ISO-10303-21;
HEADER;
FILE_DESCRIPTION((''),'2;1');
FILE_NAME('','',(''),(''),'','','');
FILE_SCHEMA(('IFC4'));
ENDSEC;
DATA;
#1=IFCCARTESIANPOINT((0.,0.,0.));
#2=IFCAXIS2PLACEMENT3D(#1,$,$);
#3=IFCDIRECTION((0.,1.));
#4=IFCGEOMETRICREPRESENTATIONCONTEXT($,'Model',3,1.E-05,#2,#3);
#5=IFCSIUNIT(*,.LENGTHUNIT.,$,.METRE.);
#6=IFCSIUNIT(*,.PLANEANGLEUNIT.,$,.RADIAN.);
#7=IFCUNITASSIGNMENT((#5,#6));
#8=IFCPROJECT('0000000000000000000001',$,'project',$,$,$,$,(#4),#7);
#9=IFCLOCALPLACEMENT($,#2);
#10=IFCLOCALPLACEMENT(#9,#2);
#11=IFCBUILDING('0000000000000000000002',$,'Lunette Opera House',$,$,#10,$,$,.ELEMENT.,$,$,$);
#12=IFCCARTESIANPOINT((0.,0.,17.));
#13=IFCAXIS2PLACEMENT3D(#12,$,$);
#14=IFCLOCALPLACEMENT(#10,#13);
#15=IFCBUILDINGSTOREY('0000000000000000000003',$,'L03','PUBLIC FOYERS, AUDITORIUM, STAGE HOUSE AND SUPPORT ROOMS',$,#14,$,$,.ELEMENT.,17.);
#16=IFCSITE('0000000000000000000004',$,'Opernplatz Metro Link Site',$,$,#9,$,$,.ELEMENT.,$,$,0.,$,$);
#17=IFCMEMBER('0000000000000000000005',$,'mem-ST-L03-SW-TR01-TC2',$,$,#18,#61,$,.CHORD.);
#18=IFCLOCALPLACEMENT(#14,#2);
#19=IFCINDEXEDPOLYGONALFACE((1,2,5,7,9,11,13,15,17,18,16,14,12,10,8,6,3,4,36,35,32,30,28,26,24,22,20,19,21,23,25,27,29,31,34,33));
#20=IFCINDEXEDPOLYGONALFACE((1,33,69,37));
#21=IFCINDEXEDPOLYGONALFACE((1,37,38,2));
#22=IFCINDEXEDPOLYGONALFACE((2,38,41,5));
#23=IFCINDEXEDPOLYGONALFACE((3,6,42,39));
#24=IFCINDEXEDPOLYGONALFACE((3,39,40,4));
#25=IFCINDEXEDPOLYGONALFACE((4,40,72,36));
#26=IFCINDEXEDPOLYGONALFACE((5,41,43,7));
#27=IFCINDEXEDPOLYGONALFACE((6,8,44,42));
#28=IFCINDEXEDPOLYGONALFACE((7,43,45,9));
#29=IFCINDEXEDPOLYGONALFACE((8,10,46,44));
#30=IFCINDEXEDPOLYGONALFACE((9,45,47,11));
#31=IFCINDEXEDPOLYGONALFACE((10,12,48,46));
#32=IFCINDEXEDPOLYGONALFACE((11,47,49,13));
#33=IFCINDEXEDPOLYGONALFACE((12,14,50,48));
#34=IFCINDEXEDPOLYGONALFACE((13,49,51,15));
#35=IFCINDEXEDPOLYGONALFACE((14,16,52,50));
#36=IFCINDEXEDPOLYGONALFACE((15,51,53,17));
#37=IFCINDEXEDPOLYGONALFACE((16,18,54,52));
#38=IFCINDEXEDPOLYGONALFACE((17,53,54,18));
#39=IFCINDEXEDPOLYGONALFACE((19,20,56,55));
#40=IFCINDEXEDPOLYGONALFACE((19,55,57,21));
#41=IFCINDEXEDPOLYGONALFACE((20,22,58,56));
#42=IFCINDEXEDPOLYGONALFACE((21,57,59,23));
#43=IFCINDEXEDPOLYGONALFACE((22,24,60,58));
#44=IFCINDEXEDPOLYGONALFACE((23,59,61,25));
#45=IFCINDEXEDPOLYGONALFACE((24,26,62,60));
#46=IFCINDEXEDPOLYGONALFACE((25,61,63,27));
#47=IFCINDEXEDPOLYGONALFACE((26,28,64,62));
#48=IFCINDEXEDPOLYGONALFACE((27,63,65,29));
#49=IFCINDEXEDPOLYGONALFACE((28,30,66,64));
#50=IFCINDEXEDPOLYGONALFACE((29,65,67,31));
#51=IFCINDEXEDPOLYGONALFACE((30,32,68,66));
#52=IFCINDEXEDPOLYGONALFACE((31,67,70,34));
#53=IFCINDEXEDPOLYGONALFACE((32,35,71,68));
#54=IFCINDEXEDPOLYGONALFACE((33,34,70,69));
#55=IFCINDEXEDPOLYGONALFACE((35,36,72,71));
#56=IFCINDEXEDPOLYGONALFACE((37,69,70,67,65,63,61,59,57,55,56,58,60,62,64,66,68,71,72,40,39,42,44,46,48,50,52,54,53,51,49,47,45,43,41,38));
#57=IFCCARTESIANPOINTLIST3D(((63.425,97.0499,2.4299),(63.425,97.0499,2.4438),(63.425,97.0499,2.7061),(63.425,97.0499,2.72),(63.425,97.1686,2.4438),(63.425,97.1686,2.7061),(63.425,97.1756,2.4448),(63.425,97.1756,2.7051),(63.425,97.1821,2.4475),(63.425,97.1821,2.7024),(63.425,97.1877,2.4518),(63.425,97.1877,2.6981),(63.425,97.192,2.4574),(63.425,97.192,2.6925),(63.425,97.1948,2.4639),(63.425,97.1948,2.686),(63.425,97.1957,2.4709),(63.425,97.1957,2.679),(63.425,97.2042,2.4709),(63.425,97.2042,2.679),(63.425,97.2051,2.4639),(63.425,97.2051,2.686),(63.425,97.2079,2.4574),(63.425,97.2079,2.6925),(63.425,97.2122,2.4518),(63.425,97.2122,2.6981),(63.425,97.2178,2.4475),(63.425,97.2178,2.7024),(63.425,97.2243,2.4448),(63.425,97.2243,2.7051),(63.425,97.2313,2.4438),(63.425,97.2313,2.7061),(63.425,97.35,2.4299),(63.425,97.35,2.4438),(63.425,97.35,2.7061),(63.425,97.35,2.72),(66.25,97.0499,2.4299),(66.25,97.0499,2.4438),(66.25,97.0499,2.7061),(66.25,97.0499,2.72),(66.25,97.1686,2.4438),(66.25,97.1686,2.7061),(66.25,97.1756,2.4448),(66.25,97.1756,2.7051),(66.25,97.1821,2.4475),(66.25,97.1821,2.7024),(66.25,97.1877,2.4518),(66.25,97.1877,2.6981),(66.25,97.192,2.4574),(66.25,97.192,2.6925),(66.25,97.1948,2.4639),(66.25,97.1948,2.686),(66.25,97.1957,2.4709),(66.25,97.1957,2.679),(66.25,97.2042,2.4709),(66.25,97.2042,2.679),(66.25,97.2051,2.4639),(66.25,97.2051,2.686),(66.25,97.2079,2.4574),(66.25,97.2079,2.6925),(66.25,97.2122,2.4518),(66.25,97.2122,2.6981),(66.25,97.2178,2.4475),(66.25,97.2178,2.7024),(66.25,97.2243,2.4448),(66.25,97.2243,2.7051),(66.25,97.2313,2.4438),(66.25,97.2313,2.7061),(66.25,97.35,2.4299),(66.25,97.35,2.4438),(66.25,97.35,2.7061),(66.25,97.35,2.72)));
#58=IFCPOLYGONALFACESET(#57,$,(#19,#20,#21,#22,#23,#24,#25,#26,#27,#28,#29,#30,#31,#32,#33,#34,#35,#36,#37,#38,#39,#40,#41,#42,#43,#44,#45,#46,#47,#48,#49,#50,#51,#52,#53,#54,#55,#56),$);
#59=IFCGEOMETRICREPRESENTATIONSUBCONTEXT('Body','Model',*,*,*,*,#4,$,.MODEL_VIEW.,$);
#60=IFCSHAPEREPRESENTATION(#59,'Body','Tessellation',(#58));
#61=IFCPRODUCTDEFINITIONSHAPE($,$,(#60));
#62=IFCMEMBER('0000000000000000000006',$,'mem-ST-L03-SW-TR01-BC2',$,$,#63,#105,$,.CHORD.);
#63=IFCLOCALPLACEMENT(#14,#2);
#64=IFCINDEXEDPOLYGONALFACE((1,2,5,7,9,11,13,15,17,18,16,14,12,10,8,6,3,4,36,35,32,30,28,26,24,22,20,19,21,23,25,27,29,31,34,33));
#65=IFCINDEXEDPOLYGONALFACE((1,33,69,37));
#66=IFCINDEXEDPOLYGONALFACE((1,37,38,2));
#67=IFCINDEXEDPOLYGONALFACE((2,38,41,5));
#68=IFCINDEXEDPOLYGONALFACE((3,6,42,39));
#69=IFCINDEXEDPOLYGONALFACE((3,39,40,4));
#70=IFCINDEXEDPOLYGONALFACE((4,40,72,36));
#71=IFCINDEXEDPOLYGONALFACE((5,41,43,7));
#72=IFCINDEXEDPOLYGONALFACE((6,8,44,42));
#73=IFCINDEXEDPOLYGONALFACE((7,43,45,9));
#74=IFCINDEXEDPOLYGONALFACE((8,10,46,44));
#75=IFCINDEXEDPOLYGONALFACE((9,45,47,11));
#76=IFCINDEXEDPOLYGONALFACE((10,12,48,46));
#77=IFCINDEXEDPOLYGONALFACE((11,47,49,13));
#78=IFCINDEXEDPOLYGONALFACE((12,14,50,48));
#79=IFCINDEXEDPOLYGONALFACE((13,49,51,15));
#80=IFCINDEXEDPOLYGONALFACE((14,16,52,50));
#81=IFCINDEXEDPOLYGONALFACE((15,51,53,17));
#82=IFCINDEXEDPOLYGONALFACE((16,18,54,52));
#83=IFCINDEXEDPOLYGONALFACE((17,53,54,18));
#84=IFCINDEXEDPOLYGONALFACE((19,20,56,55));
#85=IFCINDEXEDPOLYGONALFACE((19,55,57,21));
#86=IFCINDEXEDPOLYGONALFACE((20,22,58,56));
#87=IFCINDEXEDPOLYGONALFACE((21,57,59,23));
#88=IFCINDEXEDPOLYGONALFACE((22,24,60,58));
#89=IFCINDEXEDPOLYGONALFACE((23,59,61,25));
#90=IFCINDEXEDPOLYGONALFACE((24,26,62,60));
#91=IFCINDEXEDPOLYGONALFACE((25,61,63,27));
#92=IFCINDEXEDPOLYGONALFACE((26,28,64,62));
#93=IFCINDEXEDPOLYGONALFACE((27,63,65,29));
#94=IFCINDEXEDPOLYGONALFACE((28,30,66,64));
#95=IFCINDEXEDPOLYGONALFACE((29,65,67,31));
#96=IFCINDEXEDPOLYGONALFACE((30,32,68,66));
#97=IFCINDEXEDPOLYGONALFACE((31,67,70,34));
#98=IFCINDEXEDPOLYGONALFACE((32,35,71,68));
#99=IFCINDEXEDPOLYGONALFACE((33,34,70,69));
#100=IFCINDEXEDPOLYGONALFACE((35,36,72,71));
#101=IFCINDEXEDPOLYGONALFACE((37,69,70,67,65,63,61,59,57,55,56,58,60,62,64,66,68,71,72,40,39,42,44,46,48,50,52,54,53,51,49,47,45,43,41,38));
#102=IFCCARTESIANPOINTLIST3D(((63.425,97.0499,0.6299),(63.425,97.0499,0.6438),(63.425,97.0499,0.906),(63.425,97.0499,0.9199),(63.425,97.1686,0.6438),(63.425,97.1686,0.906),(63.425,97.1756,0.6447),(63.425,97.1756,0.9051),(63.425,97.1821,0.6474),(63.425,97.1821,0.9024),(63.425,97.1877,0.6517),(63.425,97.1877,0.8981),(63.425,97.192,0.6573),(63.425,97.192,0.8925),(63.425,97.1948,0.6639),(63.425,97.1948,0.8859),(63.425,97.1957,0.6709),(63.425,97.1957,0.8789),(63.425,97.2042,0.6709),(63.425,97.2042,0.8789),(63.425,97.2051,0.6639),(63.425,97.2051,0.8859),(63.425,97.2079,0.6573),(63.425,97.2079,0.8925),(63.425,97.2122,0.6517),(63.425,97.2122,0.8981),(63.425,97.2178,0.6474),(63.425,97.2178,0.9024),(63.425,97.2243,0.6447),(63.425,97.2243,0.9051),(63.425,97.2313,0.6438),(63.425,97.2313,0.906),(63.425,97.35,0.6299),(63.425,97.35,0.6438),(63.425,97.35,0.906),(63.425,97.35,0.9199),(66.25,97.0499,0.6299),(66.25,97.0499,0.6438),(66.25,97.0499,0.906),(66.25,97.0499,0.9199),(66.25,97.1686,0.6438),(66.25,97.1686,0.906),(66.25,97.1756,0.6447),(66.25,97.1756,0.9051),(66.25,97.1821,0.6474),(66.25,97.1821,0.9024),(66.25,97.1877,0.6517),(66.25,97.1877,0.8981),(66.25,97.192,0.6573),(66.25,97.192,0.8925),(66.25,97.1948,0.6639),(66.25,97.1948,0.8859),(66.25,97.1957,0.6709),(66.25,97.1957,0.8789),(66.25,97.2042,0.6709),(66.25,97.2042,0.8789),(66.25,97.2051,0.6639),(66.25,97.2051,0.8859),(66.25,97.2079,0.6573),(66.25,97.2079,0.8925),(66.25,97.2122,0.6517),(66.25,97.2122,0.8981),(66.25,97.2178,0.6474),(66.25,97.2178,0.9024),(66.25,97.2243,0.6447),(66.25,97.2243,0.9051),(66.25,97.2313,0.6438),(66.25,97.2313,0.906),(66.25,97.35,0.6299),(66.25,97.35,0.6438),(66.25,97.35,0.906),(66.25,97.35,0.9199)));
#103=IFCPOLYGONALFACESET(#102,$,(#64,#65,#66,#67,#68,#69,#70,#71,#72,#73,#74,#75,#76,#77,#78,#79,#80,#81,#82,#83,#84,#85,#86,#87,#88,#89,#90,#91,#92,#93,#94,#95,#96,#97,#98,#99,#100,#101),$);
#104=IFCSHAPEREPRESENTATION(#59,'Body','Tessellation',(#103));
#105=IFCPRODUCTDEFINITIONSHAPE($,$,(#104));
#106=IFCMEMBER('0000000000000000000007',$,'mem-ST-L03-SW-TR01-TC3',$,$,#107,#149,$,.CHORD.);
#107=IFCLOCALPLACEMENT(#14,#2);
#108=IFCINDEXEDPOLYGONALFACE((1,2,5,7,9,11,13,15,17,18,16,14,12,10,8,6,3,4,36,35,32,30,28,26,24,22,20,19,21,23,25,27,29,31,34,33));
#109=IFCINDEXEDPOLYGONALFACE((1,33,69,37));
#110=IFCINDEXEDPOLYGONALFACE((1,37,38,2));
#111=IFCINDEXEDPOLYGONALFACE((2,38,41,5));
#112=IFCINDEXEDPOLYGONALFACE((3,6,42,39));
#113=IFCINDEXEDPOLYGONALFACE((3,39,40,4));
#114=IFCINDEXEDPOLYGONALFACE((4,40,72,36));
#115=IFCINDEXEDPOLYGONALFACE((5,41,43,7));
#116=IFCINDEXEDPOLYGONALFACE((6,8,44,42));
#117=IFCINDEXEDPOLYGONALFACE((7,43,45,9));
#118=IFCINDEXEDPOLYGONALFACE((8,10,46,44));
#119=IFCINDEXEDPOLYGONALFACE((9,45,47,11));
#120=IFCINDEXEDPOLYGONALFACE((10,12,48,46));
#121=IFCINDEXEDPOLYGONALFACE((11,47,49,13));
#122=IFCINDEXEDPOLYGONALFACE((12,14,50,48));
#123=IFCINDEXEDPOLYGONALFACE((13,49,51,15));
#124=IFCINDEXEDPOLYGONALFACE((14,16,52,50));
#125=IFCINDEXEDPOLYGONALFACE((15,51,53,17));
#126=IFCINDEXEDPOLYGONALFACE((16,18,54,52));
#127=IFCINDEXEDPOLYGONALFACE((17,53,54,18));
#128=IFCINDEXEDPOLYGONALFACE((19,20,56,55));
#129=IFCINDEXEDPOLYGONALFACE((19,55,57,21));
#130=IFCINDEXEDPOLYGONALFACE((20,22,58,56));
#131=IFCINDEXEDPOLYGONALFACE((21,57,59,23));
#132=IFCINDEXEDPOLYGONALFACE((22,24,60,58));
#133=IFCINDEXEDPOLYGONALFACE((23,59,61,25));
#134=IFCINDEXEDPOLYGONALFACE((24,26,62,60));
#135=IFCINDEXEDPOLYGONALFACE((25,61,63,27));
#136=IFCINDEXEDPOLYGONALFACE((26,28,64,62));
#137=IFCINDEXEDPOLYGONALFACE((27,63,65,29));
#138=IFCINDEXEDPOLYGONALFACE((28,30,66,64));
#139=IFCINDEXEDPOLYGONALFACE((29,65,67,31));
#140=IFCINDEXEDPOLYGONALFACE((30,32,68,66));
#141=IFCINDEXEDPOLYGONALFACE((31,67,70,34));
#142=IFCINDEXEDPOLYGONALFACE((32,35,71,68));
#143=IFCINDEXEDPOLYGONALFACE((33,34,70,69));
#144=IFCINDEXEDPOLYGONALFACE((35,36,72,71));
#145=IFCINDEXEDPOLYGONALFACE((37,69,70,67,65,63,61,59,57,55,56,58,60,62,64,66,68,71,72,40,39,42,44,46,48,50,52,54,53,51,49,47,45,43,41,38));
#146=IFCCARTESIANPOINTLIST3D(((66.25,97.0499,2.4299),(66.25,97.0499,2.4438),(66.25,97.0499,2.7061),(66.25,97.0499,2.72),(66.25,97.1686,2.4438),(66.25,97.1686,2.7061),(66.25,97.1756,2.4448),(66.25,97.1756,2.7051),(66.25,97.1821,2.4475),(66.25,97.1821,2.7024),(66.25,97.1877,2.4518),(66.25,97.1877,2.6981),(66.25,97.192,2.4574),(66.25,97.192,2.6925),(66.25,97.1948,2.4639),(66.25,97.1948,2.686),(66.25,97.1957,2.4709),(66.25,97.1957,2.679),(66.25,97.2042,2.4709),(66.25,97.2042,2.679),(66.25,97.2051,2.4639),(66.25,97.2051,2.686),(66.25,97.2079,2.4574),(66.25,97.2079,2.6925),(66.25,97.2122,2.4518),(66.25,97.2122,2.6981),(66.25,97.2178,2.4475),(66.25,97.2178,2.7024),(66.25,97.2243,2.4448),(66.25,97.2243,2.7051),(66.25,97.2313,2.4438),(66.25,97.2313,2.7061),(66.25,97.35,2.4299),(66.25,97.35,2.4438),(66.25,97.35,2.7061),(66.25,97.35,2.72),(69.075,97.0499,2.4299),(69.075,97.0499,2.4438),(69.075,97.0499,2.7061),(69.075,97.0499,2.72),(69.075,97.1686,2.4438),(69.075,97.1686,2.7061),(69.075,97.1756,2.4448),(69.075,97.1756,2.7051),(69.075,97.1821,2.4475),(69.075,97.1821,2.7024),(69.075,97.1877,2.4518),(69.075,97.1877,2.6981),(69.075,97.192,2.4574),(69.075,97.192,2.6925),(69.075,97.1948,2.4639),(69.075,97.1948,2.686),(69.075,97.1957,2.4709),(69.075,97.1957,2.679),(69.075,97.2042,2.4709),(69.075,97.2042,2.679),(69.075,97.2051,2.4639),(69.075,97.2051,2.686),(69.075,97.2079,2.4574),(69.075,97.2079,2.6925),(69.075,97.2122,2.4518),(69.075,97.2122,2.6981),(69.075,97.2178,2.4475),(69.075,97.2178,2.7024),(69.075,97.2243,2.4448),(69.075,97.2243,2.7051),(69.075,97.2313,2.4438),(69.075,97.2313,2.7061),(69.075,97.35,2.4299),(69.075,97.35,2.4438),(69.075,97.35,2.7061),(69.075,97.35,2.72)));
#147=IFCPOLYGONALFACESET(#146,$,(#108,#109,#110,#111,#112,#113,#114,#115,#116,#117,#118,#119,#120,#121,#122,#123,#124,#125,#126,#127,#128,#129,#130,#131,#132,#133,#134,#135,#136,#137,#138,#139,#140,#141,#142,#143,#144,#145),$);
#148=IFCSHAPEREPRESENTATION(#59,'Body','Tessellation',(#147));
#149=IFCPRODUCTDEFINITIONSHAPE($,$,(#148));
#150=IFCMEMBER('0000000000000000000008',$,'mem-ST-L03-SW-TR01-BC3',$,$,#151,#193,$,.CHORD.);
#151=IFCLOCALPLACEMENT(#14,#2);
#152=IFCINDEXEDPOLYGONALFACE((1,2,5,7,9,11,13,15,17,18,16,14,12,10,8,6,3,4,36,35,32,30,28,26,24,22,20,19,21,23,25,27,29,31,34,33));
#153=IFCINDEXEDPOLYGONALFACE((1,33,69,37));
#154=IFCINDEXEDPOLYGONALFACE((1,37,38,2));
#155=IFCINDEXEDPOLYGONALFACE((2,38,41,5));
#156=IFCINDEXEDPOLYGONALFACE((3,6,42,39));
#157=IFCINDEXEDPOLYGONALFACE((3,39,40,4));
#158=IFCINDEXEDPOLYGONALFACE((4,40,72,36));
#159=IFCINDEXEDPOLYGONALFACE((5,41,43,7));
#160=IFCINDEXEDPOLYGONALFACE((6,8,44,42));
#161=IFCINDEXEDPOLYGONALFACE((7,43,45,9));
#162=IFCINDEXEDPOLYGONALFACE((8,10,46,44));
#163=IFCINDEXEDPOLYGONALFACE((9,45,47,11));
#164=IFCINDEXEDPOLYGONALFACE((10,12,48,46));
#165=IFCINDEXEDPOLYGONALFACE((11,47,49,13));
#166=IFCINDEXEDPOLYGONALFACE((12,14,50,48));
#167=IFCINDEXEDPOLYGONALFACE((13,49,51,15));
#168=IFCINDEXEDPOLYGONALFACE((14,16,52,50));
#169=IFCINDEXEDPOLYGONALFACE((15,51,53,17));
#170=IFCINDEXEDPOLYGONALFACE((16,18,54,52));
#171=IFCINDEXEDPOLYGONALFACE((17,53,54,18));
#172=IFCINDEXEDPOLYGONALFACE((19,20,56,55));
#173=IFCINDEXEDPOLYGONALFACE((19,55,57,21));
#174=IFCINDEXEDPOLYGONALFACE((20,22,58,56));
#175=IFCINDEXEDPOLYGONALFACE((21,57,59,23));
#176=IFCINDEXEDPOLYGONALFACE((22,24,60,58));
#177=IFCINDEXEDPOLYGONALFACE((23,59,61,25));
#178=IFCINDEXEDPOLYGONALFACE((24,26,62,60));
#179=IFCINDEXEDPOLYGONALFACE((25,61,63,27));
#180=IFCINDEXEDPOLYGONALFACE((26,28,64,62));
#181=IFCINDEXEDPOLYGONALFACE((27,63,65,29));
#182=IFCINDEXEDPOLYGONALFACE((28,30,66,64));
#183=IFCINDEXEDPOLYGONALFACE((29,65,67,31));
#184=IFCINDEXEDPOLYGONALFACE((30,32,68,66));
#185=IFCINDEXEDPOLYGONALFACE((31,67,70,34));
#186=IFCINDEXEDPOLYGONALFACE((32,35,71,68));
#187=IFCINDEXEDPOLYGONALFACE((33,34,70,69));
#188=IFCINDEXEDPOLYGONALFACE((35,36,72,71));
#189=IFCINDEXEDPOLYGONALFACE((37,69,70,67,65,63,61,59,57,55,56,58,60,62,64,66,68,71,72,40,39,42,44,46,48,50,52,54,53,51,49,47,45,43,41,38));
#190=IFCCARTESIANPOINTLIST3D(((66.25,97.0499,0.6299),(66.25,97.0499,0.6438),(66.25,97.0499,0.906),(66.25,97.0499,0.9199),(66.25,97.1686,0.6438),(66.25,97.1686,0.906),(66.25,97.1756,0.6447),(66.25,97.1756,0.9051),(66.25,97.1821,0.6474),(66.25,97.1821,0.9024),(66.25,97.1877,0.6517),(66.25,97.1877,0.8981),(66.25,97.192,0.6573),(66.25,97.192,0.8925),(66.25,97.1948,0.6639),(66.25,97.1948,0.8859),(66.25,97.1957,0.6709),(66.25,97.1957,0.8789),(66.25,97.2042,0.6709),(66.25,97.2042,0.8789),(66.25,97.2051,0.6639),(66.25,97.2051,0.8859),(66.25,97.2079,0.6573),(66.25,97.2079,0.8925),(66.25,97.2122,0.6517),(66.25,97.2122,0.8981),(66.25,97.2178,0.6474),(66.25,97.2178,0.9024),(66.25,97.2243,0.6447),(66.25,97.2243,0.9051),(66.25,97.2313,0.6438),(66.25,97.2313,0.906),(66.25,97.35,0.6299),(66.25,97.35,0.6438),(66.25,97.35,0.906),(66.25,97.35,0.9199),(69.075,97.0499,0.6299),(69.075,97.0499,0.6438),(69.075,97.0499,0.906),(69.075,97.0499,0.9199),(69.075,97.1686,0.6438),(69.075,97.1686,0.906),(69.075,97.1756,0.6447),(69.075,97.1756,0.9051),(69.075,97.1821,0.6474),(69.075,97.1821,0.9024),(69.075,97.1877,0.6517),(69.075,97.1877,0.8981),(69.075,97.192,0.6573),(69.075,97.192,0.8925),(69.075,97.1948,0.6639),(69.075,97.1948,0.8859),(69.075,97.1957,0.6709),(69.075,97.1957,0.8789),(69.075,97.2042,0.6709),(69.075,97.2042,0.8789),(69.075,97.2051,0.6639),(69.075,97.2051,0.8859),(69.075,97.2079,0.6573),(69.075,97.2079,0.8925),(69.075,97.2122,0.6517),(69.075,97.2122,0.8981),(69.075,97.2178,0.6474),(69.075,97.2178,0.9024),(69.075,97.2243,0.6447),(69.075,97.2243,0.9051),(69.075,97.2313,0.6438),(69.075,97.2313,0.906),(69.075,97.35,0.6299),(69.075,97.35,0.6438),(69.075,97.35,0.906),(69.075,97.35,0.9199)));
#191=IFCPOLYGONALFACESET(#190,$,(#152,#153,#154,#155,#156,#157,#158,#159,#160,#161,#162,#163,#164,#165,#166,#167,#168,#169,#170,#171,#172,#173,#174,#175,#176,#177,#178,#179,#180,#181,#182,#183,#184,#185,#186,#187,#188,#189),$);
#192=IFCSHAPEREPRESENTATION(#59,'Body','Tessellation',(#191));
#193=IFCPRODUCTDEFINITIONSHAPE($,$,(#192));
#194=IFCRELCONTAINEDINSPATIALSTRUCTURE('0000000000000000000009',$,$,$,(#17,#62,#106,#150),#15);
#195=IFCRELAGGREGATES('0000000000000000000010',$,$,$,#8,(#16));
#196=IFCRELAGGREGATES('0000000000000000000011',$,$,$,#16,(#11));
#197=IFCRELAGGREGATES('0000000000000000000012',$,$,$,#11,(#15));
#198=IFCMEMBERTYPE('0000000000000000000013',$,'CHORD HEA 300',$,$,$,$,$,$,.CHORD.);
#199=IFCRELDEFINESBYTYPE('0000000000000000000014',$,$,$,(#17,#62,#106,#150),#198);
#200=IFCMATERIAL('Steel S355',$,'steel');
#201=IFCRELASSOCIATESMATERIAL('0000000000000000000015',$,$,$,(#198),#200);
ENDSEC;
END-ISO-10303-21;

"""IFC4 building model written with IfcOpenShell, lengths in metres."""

from ifc_helpers import new_model, si_unit, direction, frame, origin, origin_2d, place, context, subcontext, project, spatial, i_section, extrude, material, material_profile, profile_set, type_object, element, save


model = new_model("IFC4")

# Units and contexts
model_context = context("Model", 3, precision=1e-05, world=origin(), true_north=direction((0.0, 1.0)))
body_context = subcontext(model_context, "Body", "Model", "MODEL_VIEW")
ifc_project = project(units=[si_unit("LENGTHUNIT", "METRE"), si_unit("PLANEANGLEUNIT", "RADIAN")], contexts=[model_context])

# Site, building, storey
site_placement = place(None, origin())
site = spatial("IfcSite", under=ifc_project, at=site_placement, Name="Opernplatz Metro Link Site", CompositionType="ELEMENT", RefElevation=0.0)
building_placement = place(site_placement, origin())
building = spatial("IfcBuilding", under=site, at=building_placement, Name="Lunette Opera House", CompositionType="ELEMENT")
storey_placement = place(building_placement, frame((0.0, 0.0, 17.0)))
storey = spatial("IfcBuildingStorey", under=building, at=storey_placement, Name="L03", Description="PUBLIC FOYERS, AUDITORIUM, STAGE HOUSE AND SUPPORT ROOMS", CompositionType="ELEMENT", Elevation=17.0)

# Members
ifc_material_1 = material(Name="Steel S355", Category="steel")
ifc_material_profile_1 = material_profile(ifc_material_1, i_section(OverallWidth=0.3, OverallDepth=0.29, WebThickness=0.0085, FlangeThickness=0.0139, FilletRadius=0.0271, at=origin_2d()), Name="HEA 300")
ifc_profile_set_1 = profile_set([ifc_material_profile_1], Name="Steel S355")
member_type_1 = type_object("IfcMemberType", Name="CHORD HEA 300", PredefinedType="CHORD", material=ifc_profile_set_1)
for number, where, z_axis, x_axis, name in (
    (1, (63.425, 97.2, 2.575), (1.0, 0.0, 0.0), (0.0, 1.0, 0.0), "mem-ST-L03-SW-TR01-TC2"),
    (2, (63.425, 97.2, 0.7749), (1.0, 0.0, 0.0), (0.0, 1.0, 0.0), "mem-ST-L03-SW-TR01-BC2"),
    (3, (66.25, 97.2, 2.575), (1.0, 0.0, 0.0), (0.0, 1.0, 0.0), "mem-ST-L03-SW-TR01-TC3"),
    (4, (66.25, 97.2, 0.7749), (1.0, 0.0, 0.0), (0.0, 1.0, 0.0), "mem-ST-L03-SW-TR01-BC3"),
):
    element("IfcMember", number, at=place(storey_placement, frame(where, z_axis=z_axis, x_axis=x_axis)), inside=storey, type_object=member_type_1, Name=name, PredefinedType="CHORD", context=body_context, shape_type="SweptSolid", body=[
        extrude(i_section(OverallWidth=0.3, OverallDepth=0.29, WebThickness=0.0085, FlangeThickness=0.0139, FilletRadius=0.0271, at=origin_2d()), origin(), (0.0, 0.0, 1.0), 2.825),
    ])

save(model, "model.ifc")
